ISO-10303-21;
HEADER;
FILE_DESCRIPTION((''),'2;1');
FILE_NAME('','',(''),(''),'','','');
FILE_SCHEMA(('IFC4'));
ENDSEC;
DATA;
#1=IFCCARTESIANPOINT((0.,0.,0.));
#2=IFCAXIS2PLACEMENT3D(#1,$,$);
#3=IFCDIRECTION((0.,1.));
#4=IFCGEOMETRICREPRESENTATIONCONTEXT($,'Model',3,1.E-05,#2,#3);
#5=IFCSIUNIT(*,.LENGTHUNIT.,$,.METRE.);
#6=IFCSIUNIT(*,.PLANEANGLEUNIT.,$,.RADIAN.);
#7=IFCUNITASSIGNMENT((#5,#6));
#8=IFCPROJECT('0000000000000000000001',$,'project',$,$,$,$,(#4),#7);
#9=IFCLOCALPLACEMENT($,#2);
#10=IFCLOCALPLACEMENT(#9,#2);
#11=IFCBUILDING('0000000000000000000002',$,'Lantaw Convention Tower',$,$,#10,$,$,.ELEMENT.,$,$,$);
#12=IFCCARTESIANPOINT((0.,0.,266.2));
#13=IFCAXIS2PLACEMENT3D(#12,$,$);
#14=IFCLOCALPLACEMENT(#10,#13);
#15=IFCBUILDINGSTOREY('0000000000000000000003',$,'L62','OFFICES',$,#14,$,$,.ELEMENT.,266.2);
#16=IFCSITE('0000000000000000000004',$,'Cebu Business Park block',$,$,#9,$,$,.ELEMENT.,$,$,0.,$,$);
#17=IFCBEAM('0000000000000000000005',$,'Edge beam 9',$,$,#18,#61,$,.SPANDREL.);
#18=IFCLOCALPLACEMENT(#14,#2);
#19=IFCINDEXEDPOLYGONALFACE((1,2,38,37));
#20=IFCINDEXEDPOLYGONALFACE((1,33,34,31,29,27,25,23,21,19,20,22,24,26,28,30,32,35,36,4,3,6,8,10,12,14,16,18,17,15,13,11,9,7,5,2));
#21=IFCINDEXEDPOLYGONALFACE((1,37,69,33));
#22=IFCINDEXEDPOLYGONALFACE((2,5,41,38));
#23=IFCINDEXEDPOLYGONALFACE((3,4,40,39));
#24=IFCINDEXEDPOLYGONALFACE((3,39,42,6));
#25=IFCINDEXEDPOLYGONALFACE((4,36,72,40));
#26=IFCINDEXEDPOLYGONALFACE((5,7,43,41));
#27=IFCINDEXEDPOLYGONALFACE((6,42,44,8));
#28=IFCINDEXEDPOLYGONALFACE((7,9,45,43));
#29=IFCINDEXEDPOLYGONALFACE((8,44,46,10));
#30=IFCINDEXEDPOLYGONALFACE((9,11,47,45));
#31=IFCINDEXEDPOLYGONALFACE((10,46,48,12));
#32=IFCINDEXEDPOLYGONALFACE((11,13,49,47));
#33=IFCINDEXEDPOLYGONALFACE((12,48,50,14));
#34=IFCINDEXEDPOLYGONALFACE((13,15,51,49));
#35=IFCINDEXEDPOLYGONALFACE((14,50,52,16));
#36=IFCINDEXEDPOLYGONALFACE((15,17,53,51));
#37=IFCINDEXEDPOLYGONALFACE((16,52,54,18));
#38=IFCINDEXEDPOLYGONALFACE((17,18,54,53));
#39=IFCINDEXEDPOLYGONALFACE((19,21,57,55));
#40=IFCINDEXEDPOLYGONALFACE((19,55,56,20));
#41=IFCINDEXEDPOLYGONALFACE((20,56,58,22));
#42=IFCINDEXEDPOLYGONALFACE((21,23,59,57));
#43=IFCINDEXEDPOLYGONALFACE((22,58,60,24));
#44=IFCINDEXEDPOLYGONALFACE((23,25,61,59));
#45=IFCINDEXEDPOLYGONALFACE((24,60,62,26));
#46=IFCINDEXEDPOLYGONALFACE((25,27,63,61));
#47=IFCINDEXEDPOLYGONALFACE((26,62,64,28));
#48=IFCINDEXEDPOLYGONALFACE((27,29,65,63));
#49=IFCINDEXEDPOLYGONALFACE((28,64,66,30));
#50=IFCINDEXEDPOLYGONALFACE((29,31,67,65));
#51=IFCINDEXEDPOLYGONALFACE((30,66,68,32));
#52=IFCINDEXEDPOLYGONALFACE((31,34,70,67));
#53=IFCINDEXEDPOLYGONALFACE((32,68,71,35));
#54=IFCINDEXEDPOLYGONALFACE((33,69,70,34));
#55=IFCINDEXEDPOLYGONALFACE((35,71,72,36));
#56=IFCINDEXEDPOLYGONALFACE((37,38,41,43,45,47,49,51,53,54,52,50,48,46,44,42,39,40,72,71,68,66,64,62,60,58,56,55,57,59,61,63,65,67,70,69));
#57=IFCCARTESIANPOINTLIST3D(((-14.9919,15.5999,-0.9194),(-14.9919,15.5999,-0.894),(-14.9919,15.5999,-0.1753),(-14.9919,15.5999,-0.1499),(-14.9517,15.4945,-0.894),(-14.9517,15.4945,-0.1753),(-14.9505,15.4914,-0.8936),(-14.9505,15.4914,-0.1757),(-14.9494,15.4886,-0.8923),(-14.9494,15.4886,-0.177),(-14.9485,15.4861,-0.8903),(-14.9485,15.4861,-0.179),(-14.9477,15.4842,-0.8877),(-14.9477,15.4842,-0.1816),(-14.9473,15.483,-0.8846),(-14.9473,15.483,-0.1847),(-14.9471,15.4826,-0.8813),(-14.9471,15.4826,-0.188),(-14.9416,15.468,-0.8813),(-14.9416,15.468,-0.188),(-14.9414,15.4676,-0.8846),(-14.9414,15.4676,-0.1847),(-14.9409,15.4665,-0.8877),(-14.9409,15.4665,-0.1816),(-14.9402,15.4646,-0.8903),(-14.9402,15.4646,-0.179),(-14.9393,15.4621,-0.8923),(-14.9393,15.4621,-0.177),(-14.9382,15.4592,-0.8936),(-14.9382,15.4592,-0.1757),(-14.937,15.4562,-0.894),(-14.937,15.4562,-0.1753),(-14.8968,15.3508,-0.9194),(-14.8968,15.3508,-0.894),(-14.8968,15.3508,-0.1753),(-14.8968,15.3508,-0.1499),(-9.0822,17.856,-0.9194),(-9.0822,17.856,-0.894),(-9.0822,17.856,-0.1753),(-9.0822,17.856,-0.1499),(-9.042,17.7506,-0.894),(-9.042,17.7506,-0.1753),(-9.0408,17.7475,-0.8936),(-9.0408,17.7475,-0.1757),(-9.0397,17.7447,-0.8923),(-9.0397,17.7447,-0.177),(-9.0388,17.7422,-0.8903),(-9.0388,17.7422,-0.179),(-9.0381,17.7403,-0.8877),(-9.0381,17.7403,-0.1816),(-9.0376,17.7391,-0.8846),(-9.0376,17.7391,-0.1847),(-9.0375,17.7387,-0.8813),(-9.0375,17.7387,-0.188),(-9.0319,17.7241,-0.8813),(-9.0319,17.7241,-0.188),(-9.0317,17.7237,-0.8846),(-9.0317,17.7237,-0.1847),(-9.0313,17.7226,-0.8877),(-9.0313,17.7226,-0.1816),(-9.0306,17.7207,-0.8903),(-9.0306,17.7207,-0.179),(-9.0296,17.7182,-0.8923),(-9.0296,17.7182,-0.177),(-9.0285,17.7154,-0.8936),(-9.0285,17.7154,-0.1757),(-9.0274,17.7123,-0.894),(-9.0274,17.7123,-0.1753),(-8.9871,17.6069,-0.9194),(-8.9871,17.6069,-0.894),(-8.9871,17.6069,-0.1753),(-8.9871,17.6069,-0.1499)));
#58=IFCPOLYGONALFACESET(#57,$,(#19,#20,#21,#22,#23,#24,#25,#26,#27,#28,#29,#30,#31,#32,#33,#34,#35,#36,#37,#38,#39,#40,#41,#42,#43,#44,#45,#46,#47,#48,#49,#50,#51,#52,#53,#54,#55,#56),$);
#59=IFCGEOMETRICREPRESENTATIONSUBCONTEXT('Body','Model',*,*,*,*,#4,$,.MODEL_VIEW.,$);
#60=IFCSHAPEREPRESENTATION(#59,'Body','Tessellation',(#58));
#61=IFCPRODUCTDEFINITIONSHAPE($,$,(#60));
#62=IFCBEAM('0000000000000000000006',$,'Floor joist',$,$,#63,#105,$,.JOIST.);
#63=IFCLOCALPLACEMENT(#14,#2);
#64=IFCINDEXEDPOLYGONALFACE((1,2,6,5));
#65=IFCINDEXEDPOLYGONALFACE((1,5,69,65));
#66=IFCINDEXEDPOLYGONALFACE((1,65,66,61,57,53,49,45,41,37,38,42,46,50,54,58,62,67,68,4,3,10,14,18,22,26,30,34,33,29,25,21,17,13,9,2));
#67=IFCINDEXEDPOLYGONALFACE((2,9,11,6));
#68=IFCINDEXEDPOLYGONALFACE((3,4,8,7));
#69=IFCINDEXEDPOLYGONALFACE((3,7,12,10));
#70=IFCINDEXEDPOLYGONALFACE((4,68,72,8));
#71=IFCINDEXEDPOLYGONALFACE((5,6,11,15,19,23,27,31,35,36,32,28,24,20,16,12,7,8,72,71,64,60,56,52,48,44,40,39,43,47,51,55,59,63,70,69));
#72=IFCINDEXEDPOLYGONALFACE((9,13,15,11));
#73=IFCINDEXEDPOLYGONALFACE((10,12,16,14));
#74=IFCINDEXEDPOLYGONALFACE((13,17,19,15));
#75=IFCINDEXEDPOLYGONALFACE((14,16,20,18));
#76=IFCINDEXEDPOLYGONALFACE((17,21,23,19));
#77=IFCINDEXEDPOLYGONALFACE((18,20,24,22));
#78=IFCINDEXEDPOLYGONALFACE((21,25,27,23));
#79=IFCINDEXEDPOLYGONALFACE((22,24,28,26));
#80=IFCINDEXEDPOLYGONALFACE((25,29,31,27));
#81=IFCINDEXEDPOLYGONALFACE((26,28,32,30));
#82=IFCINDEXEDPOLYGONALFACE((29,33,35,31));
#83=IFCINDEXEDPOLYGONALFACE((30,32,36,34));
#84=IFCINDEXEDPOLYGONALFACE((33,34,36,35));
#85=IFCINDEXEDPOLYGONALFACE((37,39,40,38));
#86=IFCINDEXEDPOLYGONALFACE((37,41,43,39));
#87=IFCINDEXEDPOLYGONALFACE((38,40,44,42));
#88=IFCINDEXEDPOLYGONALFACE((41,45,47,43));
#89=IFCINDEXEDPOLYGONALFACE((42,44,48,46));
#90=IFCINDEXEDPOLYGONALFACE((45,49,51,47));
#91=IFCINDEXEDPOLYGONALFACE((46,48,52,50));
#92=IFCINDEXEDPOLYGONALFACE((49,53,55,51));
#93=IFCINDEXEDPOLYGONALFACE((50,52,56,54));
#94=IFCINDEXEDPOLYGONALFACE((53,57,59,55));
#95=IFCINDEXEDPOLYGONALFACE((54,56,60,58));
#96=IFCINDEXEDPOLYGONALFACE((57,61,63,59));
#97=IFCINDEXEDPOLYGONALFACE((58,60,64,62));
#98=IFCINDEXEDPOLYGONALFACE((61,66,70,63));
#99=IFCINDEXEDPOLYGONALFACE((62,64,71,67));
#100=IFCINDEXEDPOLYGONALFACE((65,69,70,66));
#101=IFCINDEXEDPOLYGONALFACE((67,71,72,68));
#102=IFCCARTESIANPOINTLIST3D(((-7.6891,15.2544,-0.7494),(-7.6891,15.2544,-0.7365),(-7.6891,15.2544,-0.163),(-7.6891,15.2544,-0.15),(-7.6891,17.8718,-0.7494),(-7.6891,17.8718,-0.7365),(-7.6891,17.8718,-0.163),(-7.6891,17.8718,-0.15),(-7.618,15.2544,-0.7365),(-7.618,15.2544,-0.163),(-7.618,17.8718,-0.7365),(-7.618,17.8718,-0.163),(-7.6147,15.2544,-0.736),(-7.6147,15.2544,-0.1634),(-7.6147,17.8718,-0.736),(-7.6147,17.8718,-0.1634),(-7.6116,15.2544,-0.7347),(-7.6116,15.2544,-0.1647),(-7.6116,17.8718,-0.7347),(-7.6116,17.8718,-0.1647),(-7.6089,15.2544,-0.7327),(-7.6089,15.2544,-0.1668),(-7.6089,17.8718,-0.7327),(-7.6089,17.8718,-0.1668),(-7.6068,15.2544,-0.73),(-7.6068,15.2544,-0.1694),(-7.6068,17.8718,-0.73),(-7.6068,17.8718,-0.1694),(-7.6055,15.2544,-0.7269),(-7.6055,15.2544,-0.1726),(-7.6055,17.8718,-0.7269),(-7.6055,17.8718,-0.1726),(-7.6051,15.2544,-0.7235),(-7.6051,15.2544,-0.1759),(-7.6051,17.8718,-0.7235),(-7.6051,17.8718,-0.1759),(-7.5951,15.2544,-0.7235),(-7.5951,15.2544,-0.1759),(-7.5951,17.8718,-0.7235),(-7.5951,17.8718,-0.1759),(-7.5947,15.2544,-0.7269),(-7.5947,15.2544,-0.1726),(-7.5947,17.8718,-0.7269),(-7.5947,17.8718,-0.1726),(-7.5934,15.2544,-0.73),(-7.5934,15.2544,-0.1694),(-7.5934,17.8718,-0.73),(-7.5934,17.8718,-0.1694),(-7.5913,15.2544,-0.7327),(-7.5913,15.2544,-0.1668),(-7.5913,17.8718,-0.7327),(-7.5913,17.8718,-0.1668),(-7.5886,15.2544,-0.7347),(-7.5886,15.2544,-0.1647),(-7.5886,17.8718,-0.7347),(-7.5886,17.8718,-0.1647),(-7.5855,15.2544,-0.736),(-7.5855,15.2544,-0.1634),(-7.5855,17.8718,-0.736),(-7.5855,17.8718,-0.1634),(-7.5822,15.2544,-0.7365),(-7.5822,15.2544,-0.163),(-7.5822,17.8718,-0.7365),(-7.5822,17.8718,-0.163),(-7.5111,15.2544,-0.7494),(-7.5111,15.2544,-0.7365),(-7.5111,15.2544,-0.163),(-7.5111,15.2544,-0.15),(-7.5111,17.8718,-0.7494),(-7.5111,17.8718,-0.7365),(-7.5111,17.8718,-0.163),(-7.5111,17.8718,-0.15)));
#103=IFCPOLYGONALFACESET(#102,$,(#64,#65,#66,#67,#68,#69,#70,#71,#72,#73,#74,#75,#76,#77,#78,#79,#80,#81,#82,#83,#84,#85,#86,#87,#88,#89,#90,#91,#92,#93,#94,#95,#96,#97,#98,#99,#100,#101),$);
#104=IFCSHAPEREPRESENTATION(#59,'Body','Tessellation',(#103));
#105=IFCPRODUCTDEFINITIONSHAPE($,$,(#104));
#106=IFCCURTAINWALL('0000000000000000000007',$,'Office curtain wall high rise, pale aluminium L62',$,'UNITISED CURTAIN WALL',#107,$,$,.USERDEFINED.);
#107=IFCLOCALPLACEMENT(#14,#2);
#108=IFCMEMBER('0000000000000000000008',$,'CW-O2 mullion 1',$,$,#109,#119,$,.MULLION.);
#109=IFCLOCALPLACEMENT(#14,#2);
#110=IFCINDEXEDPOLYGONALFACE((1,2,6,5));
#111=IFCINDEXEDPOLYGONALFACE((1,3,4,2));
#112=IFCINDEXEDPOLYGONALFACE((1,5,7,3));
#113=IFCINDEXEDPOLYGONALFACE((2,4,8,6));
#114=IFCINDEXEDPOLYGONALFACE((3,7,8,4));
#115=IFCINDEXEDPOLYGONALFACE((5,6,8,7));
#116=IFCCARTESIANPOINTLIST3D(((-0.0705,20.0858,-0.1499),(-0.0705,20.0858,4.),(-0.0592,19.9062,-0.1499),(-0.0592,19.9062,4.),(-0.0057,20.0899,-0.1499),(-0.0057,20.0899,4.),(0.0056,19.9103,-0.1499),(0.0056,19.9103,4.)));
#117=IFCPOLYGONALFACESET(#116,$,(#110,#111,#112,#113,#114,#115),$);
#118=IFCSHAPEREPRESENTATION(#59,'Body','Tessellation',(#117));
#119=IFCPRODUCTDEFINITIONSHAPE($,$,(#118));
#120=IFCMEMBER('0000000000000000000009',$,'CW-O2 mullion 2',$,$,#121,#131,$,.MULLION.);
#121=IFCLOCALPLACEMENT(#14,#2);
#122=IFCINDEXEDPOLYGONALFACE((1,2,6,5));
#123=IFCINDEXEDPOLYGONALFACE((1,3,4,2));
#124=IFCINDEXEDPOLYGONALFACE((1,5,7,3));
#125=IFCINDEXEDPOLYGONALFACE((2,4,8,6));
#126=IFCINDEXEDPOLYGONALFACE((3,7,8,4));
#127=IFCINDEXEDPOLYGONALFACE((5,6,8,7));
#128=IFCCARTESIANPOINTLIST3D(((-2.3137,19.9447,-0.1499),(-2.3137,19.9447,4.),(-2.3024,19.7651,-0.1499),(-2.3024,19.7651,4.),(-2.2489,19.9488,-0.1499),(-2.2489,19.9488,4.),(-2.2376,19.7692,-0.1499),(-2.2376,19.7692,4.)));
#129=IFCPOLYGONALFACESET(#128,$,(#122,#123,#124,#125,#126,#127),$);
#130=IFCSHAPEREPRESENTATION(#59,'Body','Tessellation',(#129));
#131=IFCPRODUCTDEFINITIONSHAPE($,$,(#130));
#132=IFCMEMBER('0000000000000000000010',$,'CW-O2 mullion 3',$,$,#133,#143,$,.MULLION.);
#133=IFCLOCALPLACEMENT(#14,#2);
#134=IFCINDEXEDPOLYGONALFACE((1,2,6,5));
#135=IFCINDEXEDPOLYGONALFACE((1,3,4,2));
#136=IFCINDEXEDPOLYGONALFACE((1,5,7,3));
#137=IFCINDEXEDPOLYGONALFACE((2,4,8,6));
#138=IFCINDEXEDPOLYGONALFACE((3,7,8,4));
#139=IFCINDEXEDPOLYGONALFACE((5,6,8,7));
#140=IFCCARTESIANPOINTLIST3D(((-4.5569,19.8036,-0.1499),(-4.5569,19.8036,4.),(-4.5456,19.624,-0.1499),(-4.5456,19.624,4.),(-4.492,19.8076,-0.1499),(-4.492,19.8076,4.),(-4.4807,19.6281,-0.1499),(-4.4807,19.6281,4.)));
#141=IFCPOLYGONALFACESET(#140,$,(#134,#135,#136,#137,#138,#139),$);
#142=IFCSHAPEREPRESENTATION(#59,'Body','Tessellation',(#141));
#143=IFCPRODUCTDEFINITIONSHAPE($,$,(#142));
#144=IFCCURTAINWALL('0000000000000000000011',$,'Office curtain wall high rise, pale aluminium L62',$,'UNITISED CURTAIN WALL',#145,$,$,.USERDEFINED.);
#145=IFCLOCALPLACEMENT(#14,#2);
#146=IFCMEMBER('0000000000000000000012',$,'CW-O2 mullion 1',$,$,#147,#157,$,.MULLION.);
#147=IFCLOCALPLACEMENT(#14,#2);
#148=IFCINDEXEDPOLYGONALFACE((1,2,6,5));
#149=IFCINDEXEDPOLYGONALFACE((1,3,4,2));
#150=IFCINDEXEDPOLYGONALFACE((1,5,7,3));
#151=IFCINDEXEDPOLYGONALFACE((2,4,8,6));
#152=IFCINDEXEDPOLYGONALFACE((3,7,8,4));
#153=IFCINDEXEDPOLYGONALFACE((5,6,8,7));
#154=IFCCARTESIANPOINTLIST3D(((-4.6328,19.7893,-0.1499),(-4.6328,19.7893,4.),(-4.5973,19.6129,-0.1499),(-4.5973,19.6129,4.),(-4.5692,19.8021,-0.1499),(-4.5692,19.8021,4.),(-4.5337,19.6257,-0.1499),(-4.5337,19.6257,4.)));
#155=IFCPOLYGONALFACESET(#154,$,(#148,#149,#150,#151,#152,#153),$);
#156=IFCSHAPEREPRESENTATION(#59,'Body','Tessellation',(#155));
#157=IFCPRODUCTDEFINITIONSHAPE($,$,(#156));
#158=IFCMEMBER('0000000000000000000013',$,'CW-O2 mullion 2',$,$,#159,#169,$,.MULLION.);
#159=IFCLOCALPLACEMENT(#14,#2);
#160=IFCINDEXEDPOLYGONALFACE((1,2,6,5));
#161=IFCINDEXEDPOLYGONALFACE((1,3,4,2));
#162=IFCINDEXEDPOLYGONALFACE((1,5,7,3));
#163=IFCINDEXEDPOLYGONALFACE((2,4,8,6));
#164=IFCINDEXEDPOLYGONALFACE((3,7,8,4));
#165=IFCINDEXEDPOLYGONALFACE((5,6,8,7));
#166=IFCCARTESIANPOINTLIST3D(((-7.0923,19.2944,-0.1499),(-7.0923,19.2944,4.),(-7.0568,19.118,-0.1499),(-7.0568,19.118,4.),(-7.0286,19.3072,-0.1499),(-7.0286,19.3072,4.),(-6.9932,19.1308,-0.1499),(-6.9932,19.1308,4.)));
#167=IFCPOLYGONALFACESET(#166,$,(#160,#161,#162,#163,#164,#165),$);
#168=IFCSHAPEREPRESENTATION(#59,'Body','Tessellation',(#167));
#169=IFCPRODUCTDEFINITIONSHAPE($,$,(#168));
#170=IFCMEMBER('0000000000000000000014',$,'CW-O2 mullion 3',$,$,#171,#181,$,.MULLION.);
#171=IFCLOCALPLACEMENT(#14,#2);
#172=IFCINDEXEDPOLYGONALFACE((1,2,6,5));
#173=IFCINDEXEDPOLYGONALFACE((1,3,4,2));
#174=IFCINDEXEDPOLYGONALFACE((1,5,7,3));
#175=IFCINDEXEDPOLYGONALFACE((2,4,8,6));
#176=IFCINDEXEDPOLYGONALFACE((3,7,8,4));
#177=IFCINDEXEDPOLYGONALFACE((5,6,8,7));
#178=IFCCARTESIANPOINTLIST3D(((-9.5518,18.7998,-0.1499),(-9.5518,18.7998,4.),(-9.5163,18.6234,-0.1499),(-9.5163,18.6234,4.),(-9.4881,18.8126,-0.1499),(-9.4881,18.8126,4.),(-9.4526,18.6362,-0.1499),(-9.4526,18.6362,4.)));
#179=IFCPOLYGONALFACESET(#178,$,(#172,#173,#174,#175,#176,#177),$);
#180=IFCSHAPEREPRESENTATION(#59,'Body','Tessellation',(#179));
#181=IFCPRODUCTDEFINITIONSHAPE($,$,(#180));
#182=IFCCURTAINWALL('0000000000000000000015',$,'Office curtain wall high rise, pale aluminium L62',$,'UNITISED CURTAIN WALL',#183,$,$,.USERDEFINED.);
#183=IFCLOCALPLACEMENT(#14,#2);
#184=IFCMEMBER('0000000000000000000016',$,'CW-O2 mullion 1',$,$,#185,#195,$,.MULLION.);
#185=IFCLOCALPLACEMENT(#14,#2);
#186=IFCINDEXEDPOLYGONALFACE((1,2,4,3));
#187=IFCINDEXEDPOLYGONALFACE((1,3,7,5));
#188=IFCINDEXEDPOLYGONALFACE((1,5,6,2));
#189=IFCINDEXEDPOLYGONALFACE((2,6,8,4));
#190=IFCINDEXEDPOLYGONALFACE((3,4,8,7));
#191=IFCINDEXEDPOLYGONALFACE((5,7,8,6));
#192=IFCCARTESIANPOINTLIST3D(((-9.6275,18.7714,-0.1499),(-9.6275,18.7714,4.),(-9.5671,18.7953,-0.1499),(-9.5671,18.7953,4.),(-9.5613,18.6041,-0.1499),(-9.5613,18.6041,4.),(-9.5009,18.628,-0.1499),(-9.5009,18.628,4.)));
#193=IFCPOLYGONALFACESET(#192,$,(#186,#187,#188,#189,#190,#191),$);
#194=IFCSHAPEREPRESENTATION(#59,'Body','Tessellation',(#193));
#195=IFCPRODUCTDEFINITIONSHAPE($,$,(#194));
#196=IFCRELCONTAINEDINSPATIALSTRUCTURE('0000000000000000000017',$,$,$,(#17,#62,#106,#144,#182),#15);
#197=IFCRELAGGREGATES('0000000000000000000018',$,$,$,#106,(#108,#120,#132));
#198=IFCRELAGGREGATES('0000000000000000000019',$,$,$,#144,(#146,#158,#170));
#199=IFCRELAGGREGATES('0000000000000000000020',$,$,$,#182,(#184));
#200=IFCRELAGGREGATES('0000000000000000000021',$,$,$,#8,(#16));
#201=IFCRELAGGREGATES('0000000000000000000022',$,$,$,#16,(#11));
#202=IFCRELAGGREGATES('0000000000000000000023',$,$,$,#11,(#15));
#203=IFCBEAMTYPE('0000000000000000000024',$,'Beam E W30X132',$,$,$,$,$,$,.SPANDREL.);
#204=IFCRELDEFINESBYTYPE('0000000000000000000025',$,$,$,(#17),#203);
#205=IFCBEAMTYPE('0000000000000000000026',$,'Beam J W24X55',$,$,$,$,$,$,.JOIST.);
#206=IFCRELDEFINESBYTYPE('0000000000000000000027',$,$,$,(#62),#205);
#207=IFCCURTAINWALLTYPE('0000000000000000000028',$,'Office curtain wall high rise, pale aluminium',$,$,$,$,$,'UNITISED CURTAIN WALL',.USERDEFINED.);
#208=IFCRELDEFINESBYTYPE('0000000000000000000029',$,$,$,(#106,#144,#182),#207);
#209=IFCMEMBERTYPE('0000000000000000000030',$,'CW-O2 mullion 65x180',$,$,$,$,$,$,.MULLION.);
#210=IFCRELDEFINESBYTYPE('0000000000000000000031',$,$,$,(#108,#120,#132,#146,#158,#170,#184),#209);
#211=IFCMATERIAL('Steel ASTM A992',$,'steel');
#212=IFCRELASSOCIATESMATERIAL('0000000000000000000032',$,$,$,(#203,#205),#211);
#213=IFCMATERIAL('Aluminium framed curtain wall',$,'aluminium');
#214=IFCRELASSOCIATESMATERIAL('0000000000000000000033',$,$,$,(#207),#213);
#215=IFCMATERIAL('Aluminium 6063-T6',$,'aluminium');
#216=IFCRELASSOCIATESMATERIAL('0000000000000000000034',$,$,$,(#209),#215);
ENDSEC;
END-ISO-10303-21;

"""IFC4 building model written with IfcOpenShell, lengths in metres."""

from ifc_helpers import new_model, si_unit, direction, frame, origin, origin_2d, place, context, subcontext, project, spatial, rectangle, i_section, extrude, material, material_profile, profile_set, type_object, element, aggregate, save


model = new_model("IFC4")

# Units and contexts
model_context = context("Model", 3, precision=1e-05, world=origin(), true_north=direction((0.0, 1.0)))
body_context = subcontext(model_context, "Body", "Model", "MODEL_VIEW")
ifc_project = project(units=[si_unit("LENGTHUNIT", "METRE"), si_unit("PLANEANGLEUNIT", "RADIAN")], contexts=[model_context])

# Site, building, storey
site_placement = place(None, origin())
site = spatial("IfcSite", under=ifc_project, at=site_placement, Name="Cebu Business Park block", CompositionType="ELEMENT", RefElevation=0.0)
building_placement = place(site_placement, origin())
building = spatial("IfcBuilding", under=site, at=building_placement, Name="Lantaw Convention Tower", CompositionType="ELEMENT")
storey_placement = place(building_placement, frame((0.0, 0.0, 266.2)))
storey = spatial("IfcBuildingStorey", under=building, at=storey_placement, Name="L62", Description="OFFICES", CompositionType="ELEMENT", Elevation=266.2)

# Beams
ifc_material_1 = material(Name="Steel ASTM A992", Category="steel")
ifc_material_profile_1 = material_profile(ifc_material_1, i_section(OverallWidth=0.2666, OverallDepth=0.7695, WebThickness=0.0156, FlangeThickness=0.0254, FilletRadius=0.0127, at=origin_2d()), Name="W30X132")
ifc_profile_set_1 = profile_set([ifc_material_profile_1], Name="Steel ASTM A992")
beam_type_1 = type_object("IfcBeamType", Name="Beam E W30X132", PredefinedType="SPANDREL", material=ifc_profile_set_1)
beam_1_placement = place(storey_placement, frame((-9.0347, 17.7314, -0.5347), z_axis=(-0.934235, -0.356658, 0.0), x_axis=(0.356658, -0.934235, 0.0)))
element("IfcBeam", 1, at=beam_1_placement, inside=storey, type_object=beam_type_1, Name="Edge beam 9", PredefinedType="SPANDREL", context=body_context, shape_type="SweptSolid", body=[
    extrude(i_section(OverallWidth=0.2666, OverallDepth=0.7695, WebThickness=0.0156, FlangeThickness=0.0254, FilletRadius=0.0127, at=origin_2d()), origin(), (0.0, 0.0, 1.0), 6.3257),
])
ifc_material_profile_2 = material_profile(ifc_material_1, i_section(OverallWidth=0.178, OverallDepth=0.5994, WebThickness=0.01, FlangeThickness=0.0129, FilletRadius=0.0129, at=origin_2d()), Name="W24X55")
ifc_profile_set_2 = profile_set([ifc_material_profile_2], Name="Steel ASTM A992")
beam_type_2 = type_object("IfcBeamType", Name="Beam J W24X55", PredefinedType="JOIST", material=ifc_profile_set_2)
beam_2_placement = place(storey_placement, frame((-7.6001, 15.2544, -0.4497), z_axis=(0.0, 1.0, 0.0), x_axis=(-1.0, 0.0, 0.0)))
element("IfcBeam", 2, at=beam_2_placement, inside=storey, type_object=beam_type_2, Name="Floor joist", PredefinedType="JOIST", context=body_context, shape_type="SweptSolid", body=[
    extrude(i_section(OverallWidth=0.178, OverallDepth=0.5994, WebThickness=0.01, FlangeThickness=0.0129, FilletRadius=0.0129, at=origin_2d()), origin(), (0.0, 0.0, 1.0), 2.6174),
])

# Curtain walls, members
ifc_material_2 = material(Name="Aluminium framed curtain wall", Category="aluminium")
curtain_wall_type = type_object("IfcCurtainWallType", Name="Office curtain wall high rise, pale aluminium", ElementType="UNITISED CURTAIN WALL", PredefinedType="USERDEFINED", material=ifc_material_2)
curtain_wall_1_placement = place(storey_placement, origin())
curtain_wall_1 = element("IfcCurtainWall", 3, at=curtain_wall_1_placement, inside=storey, type_object=curtain_wall_type, Name="Office curtain wall high rise, pale aluminium L62", ObjectType="UNITISED CURTAIN WALL", PredefinedType="USERDEFINED")
ifc_material_3 = material(Name="Aluminium 6063-T6", Category="aluminium")
ifc_material_profile_3 = material_profile(ifc_material_3, rectangle(XDim=0.1799, YDim=0.0649, at=origin_2d()), Name="CW-O2 mullion 65x180")
ifc_profile_set_3 = profile_set([ifc_material_profile_3], Name="Aluminium 6063-T6")
member_type_1 = type_object("IfcMemberType", Name="CW-O2 mullion 65x180", PredefinedType="MULLION", material=ifc_profile_set_3)
member_1_placement = place(storey_placement, frame((-0.0325, 19.998, -0.1499), z_axis=(0.0, 0.0, 1.0), x_axis=(0.062758, -0.998029, 0.0)))
member_1 = element("IfcMember", 4, at=member_1_placement, type_object=member_type_1, Name="CW-O2 mullion 1", PredefinedType="MULLION", context=body_context, shape_type="SweptSolid", body=[
    extrude(rectangle(XDim=0.1799, YDim=0.0649, at=origin_2d()), origin(), (0.0, 0.0, 1.0), 4.1499),
])
member_2_placement = place(storey_placement, frame((-2.2756, 19.8569, -0.1499), z_axis=(0.0, 0.0, 1.0), x_axis=(0.062758, -0.998029, 0.0)))
member_2 = element("IfcMember", 5, at=member_2_placement, type_object=member_type_1, Name="CW-O2 mullion 2", PredefinedType="MULLION", context=body_context, shape_type="SweptSolid", body=[
    extrude(rectangle(XDim=0.1799, YDim=0.0649, at=origin_2d()), origin(), (0.0, 0.0, 1.0), 4.1499),
])
member_3_placement = place(storey_placement, frame((-4.5188, 19.7158, -0.1499), z_axis=(0.0, 0.0, 1.0), x_axis=(0.062758, -0.998029, 0.0)))
member_3 = element("IfcMember", 6, at=member_3_placement, type_object=member_type_1, Name="CW-O2 mullion 3", PredefinedType="MULLION", context=body_context, shape_type="SweptSolid", body=[
    extrude(rectangle(XDim=0.1799, YDim=0.0649, at=origin_2d()), origin(), (0.0, 0.0, 1.0), 4.1499),
])
curtain_wall_2_placement = place(storey_placement, origin())
curtain_wall_2 = element("IfcCurtainWall", 7, at=curtain_wall_2_placement, inside=storey, type_object=curtain_wall_type, Name="Office curtain wall high rise, pale aluminium L62", ObjectType="UNITISED CURTAIN WALL", PredefinedType="USERDEFINED")
member_4_placement = place(storey_placement, frame((-4.5833, 19.7075, -0.1499), z_axis=(0.0, 0.0, 1.0), x_axis=(0.197183, -0.980367, 0.0)))
member_4 = element("IfcMember", 8, at=member_4_placement, type_object=member_type_1, Name="CW-O2 mullion 1", PredefinedType="MULLION", context=body_context, shape_type="SweptSolid", body=[
    extrude(rectangle(XDim=0.1799, YDim=0.0649, at=origin_2d()), origin(), (0.0, 0.0, 1.0), 4.1499),
])
member_5_placement = place(storey_placement, frame((-7.0427, 19.2126, -0.1499), z_axis=(0.0, 0.0, 1.0), x_axis=(0.197183, -0.980367, 0.0)))
member_5 = element("IfcMember", 9, at=member_5_placement, type_object=member_type_1, Name="CW-O2 mullion 2", PredefinedType="MULLION", context=body_context, shape_type="SweptSolid", body=[
    extrude(rectangle(XDim=0.1799, YDim=0.0649, at=origin_2d()), origin(), (0.0, 0.0, 1.0), 4.1499),
])
member_6_placement = place(storey_placement, frame((-9.5022, 18.718, -0.1499), z_axis=(0.0, 0.0, 1.0), x_axis=(0.197183, -0.980367, 0.0)))
member_6 = element("IfcMember", 10, at=member_6_placement, type_object=member_type_1, Name="CW-O2 mullion 3", PredefinedType="MULLION", context=body_context, shape_type="SweptSolid", body=[
    extrude(rectangle(XDim=0.1799, YDim=0.0649, at=origin_2d()), origin(), (0.0, 0.0, 1.0), 4.1499),
])

# Curtain wall, member
curtain_wall_3_placement = place(storey_placement, origin())
curtain_wall_3 = element("IfcCurtainWall", 11, at=curtain_wall_3_placement, inside=storey, type_object=curtain_wall_type, Name="Office curtain wall high rise, pale aluminium L62", ObjectType="UNITISED CURTAIN WALL", PredefinedType="USERDEFINED")
member_7_placement = place(storey_placement, frame((-9.5642, 18.6997, -0.1499), z_axis=(0.0, 0.0, 1.0), x_axis=(0.368162, -0.929762, 0.0)))
member_7 = element("IfcMember", 12, at=member_7_placement, type_object=member_type_1, Name="CW-O2 mullion 1", PredefinedType="MULLION", context=body_context, shape_type="SweptSolid", body=[
    extrude(rectangle(XDim=0.1799, YDim=0.0649, at=origin_2d()), origin(), (0.0, 0.0, 1.0), 4.1499),
])

aggregate(curtain_wall_1, [member_1, member_2, member_3])
aggregate(curtain_wall_2, [member_4, member_5, member_6])
aggregate(curtain_wall_3, [member_7])

save(model, "model.ifc")
